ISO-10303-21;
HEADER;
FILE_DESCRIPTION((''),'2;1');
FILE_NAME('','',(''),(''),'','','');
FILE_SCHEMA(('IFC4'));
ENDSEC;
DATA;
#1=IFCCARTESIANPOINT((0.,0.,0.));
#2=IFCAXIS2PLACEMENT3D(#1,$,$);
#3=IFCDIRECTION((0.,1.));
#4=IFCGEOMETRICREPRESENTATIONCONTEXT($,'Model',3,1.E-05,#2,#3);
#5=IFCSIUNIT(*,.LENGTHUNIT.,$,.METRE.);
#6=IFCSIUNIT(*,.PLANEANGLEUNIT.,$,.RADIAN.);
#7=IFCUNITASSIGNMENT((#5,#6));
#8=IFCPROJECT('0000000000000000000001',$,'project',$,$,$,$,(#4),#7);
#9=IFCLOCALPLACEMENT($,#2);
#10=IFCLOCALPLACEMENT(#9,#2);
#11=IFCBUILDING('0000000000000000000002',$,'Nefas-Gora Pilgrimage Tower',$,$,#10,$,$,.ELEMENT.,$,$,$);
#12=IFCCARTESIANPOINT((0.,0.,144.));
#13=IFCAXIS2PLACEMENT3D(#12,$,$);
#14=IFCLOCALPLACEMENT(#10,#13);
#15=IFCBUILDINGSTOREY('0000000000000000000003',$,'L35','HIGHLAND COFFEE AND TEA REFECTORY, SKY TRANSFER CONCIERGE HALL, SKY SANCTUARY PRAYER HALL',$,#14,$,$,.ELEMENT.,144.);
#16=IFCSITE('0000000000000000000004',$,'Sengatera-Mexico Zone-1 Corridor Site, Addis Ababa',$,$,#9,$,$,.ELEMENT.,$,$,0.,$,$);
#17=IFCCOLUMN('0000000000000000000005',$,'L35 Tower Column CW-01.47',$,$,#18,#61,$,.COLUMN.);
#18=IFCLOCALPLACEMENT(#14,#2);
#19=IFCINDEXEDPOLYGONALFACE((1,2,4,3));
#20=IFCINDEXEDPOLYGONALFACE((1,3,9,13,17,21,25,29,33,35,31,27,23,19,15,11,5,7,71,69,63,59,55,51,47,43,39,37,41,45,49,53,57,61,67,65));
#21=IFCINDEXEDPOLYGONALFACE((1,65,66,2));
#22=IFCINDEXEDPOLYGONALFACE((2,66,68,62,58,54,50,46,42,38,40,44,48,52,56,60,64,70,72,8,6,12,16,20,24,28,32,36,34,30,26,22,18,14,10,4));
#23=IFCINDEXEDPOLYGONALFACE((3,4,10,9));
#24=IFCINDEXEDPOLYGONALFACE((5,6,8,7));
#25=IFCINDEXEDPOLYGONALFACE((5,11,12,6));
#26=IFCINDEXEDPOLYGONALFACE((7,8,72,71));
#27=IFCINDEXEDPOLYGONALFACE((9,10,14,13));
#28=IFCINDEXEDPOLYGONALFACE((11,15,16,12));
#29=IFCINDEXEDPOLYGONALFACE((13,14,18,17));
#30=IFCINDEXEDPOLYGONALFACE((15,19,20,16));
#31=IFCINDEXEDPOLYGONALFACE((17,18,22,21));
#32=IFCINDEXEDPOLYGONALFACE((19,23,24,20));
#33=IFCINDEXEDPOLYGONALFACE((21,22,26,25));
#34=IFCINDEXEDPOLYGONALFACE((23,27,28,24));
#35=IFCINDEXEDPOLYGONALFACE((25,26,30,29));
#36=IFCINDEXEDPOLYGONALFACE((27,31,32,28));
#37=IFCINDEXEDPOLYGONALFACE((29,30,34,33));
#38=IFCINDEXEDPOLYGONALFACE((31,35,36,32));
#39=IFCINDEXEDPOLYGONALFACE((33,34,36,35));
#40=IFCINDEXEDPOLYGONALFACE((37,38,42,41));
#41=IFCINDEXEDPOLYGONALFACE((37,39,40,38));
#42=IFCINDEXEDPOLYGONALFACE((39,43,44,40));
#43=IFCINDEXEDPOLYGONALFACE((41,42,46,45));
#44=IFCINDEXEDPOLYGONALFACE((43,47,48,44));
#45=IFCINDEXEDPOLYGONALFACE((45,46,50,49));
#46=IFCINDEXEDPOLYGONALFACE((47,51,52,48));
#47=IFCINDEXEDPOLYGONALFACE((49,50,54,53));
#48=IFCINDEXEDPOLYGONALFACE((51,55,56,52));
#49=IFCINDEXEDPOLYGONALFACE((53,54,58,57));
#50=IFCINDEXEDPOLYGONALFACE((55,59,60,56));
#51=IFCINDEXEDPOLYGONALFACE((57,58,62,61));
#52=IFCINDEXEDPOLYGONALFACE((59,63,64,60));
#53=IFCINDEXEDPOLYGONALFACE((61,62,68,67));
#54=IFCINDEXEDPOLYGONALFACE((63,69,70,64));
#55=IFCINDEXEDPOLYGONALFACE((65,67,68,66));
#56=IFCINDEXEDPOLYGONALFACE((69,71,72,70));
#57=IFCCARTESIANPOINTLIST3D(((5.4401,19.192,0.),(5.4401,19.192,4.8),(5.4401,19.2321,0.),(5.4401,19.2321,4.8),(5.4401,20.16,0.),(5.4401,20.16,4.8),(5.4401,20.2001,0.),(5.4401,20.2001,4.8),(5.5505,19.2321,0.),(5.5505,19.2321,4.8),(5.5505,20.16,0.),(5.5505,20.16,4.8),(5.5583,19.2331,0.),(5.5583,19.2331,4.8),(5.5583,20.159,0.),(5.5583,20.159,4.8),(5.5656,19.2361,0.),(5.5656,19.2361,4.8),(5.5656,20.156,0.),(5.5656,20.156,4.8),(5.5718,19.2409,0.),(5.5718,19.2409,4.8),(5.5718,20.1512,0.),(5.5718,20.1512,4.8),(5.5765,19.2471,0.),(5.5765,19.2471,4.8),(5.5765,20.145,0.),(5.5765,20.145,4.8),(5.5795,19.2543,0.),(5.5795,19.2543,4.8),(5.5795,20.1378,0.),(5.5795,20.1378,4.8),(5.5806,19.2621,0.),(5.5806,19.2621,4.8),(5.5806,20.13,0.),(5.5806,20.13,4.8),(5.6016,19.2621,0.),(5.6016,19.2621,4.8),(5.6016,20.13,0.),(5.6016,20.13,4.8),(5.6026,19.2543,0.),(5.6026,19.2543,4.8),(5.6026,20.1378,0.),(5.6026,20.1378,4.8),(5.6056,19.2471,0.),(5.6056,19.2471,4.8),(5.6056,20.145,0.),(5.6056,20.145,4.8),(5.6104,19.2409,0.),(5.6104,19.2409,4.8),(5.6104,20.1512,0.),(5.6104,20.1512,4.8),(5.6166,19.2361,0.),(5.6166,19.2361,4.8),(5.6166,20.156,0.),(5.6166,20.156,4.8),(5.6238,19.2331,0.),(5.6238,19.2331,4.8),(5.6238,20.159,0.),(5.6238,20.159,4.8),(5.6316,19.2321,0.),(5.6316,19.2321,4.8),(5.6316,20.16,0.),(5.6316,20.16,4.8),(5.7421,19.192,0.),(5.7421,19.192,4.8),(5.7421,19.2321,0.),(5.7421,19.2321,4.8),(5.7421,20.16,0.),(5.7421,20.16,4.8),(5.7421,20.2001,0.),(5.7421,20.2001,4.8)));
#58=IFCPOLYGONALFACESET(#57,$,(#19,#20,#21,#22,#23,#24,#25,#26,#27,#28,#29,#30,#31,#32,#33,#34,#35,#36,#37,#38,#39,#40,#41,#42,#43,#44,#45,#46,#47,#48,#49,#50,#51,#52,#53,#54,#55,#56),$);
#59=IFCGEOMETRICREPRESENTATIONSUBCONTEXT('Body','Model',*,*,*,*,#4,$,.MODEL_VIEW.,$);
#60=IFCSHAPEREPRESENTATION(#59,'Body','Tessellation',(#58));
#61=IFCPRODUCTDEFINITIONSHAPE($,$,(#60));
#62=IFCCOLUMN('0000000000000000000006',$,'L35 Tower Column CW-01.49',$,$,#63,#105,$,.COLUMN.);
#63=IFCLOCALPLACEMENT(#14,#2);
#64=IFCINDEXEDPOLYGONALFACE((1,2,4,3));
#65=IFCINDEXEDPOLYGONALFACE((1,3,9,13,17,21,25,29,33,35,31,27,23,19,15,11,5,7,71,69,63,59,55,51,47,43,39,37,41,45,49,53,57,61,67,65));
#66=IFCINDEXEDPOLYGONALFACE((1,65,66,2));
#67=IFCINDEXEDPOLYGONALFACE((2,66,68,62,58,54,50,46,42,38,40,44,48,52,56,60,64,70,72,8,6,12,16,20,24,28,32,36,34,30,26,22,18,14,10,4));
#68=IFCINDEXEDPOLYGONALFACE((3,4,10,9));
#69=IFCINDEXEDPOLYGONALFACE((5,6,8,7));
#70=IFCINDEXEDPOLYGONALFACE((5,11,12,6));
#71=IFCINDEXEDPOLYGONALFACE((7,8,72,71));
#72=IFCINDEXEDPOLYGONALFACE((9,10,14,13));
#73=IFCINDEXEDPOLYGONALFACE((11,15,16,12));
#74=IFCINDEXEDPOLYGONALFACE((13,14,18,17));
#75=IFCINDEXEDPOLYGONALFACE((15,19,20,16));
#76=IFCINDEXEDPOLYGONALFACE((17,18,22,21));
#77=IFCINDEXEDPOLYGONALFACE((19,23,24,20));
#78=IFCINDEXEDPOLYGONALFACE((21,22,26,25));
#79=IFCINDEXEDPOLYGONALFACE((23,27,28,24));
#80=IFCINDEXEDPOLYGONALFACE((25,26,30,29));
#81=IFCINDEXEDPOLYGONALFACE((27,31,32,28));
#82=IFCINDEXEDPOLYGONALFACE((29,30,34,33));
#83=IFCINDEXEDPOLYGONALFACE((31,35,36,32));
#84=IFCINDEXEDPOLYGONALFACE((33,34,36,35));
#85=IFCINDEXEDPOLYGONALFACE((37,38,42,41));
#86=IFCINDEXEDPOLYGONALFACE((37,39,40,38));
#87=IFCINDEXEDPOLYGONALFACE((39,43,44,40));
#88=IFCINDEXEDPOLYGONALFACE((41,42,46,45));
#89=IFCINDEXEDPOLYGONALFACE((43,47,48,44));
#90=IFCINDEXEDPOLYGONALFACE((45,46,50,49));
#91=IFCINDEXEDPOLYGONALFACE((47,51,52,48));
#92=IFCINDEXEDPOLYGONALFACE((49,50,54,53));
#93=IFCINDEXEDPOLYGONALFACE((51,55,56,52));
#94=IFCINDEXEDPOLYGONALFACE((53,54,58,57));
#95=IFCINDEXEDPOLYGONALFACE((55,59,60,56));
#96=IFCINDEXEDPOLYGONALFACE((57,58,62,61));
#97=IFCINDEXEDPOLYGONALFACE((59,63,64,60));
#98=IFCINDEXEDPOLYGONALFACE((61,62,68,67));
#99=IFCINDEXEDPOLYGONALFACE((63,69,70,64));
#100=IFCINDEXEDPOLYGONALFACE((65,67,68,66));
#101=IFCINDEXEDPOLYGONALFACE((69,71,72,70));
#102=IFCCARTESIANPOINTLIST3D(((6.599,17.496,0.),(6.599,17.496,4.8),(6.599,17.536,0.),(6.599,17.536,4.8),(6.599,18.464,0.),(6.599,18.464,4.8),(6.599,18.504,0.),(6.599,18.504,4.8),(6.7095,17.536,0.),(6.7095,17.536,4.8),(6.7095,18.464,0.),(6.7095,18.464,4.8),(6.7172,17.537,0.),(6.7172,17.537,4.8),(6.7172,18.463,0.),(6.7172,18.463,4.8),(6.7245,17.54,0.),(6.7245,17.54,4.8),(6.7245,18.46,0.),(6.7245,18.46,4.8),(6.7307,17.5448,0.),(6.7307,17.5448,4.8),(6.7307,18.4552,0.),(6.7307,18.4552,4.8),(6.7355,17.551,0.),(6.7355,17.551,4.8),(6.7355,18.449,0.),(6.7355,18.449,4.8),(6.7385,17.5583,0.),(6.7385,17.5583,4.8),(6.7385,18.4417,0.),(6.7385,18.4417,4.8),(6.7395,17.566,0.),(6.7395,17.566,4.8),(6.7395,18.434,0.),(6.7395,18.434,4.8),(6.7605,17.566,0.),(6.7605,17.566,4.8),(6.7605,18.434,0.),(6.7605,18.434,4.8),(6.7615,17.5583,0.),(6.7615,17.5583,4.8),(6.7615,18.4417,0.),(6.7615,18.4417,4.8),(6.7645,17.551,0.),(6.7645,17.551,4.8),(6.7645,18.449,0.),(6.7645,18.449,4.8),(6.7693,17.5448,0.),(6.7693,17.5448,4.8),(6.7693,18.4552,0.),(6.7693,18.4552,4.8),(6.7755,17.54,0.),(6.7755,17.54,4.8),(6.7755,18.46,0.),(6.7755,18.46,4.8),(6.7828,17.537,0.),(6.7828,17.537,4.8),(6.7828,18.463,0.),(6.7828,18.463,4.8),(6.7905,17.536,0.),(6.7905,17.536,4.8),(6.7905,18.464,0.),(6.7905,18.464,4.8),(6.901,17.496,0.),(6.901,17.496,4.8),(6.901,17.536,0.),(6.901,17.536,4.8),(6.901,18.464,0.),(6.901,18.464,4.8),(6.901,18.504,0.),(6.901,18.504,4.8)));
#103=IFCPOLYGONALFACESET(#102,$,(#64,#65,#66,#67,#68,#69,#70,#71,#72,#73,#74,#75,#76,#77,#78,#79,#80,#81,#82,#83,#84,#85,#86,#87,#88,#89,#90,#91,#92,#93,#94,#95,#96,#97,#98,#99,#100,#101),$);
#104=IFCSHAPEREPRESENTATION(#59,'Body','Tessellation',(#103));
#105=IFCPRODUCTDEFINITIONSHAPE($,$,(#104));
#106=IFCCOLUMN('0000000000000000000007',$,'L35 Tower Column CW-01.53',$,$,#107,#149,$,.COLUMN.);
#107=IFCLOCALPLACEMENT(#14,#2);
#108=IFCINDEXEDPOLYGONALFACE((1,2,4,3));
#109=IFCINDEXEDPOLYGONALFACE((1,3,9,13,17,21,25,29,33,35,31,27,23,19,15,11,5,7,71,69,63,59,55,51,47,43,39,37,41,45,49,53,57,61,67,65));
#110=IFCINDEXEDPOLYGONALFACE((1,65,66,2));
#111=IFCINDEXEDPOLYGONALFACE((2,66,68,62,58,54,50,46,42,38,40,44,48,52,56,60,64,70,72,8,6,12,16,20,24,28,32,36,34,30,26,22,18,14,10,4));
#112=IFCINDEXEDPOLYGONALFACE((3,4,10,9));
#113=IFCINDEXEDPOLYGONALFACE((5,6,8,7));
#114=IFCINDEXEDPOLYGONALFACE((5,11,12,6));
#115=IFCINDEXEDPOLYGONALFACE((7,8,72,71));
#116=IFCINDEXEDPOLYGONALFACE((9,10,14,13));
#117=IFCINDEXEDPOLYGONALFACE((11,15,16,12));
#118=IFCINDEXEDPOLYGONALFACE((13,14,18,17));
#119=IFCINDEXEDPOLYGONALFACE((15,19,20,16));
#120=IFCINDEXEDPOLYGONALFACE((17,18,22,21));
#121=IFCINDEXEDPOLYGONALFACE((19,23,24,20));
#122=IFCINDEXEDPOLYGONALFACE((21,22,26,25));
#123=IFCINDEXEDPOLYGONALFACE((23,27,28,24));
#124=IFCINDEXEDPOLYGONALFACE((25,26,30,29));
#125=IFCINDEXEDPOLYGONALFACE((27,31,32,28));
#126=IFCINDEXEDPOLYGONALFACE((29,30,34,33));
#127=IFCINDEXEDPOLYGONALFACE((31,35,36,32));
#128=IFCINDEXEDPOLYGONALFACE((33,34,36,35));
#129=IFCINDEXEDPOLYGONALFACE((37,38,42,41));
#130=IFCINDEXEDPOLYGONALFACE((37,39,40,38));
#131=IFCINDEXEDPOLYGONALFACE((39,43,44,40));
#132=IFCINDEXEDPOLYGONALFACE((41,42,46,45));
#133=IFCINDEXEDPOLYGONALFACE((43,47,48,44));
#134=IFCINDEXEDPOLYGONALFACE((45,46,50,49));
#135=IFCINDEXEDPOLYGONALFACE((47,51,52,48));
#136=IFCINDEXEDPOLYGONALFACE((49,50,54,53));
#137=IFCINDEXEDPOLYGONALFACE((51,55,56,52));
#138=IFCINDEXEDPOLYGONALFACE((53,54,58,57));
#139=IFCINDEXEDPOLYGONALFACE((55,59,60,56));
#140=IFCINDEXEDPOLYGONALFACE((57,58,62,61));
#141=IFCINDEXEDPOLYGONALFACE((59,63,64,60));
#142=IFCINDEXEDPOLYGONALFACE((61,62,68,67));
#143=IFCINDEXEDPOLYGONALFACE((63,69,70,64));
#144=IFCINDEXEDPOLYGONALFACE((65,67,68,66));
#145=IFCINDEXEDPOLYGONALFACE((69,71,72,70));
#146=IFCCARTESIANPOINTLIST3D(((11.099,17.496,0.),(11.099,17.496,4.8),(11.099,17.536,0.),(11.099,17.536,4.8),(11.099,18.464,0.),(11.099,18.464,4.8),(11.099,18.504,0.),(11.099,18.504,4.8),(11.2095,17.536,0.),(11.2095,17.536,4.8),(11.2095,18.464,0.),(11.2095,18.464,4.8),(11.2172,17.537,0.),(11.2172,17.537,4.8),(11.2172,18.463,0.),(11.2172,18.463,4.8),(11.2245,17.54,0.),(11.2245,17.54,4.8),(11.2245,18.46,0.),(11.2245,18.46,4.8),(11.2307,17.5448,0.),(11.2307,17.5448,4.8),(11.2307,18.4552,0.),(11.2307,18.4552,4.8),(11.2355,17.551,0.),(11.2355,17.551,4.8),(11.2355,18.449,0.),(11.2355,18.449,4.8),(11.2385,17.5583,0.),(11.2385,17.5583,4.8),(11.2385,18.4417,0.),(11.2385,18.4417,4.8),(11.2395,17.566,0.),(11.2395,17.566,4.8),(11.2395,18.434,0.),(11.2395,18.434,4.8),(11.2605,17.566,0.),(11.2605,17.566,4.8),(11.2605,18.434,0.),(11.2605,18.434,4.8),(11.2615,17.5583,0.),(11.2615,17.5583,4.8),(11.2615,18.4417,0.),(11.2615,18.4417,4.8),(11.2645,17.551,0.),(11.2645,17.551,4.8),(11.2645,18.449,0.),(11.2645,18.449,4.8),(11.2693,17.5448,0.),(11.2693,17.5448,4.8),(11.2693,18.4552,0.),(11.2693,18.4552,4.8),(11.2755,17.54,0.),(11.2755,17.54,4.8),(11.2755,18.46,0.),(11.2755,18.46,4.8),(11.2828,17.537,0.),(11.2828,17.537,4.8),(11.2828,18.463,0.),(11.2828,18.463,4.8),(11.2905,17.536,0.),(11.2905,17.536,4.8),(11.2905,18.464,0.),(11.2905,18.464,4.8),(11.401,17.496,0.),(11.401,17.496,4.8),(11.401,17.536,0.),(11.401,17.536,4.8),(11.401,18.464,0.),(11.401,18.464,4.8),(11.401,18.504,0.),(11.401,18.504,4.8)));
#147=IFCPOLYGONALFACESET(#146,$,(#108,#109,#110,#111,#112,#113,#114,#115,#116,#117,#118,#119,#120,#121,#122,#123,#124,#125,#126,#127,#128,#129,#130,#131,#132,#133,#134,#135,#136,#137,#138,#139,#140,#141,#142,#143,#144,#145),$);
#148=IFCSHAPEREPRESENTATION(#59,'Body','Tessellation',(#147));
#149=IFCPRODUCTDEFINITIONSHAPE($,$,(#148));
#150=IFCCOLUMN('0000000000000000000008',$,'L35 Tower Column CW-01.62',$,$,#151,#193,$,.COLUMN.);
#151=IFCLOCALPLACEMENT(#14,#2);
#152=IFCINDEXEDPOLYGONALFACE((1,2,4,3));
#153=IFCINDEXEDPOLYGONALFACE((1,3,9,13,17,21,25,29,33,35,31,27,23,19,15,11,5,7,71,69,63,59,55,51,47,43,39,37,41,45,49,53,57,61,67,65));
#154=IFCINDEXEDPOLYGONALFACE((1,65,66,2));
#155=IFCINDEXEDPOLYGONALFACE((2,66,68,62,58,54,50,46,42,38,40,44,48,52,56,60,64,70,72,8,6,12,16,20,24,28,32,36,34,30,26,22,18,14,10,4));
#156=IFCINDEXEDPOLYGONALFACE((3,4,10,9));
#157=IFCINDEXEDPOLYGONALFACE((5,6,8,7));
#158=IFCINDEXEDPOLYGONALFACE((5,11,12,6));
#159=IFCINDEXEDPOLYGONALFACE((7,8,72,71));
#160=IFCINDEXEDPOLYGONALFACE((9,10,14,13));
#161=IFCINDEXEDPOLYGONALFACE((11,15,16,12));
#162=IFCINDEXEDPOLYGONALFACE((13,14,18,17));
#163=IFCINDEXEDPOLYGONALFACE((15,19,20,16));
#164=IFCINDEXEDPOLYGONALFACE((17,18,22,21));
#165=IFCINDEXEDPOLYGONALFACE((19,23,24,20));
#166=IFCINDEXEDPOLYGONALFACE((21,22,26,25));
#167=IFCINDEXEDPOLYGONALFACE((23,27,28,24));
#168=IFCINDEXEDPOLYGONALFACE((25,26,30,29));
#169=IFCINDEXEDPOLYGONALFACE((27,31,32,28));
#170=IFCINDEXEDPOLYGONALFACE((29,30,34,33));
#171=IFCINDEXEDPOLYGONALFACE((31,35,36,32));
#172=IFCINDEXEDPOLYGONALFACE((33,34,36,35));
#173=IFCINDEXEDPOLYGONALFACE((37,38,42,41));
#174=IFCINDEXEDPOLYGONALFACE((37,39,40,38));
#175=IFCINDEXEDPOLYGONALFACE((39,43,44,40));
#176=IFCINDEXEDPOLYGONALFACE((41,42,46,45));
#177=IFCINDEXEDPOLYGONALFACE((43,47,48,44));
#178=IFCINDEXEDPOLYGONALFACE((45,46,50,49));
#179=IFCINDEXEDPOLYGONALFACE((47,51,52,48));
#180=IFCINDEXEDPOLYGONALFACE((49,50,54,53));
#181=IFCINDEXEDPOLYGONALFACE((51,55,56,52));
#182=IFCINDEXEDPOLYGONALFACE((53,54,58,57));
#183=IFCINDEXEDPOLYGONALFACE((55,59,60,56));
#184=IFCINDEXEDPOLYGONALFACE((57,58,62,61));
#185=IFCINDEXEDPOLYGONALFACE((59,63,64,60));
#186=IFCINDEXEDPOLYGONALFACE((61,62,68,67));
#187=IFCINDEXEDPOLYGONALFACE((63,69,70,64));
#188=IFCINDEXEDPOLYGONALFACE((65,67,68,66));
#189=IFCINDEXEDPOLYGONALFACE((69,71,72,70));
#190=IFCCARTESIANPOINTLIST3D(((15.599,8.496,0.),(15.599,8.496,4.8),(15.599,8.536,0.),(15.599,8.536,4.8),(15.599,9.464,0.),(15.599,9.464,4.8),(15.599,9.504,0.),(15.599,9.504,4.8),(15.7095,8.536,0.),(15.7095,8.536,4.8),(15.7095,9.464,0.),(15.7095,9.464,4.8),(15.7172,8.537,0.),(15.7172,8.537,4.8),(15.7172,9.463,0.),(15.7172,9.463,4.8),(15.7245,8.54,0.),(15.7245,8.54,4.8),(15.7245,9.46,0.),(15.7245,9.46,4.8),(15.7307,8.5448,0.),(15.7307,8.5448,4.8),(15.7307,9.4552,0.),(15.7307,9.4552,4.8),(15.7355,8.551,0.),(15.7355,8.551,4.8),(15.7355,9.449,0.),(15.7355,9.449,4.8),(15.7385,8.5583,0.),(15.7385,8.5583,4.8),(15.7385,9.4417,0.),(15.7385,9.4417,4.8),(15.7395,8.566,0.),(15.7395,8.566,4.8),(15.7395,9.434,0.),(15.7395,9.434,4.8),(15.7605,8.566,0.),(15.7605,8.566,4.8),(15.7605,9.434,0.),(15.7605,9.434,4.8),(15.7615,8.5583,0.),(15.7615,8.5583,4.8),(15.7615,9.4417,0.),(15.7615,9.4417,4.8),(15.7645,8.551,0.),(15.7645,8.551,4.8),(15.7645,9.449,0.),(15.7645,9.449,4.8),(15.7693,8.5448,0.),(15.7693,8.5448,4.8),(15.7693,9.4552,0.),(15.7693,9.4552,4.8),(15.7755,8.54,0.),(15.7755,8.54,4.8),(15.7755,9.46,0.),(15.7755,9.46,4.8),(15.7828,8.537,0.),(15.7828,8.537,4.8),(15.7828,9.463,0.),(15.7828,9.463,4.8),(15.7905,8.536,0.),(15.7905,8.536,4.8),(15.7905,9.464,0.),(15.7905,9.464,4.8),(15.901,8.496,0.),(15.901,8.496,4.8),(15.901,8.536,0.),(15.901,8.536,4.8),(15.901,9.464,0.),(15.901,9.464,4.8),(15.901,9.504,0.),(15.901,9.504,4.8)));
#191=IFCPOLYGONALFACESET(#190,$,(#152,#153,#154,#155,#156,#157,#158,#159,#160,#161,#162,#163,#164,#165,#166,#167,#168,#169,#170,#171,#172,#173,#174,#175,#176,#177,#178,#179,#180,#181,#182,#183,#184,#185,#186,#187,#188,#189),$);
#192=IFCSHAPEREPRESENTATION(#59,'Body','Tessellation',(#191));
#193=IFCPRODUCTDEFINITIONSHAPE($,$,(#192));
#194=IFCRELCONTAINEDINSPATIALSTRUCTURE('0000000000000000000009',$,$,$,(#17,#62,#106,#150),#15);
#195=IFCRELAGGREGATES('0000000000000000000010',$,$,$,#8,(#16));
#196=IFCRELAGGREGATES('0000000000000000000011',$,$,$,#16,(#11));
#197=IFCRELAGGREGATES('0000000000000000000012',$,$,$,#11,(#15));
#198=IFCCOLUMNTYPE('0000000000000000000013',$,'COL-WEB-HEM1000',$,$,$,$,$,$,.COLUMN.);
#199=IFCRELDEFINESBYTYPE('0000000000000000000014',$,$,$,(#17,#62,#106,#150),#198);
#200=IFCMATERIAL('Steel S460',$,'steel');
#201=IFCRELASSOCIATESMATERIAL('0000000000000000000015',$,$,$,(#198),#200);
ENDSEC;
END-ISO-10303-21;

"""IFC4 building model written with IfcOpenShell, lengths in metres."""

from ifc_helpers import new_model, si_unit, direction, frame, origin, origin_2d, place, context, subcontext, project, spatial, i_section, extrude, source, transform, mapped, material, material_profile, profile_set, type_object, element, save


model = new_model("IFC4")

# Units and contexts
model_context = context("Model", 3, precision=1e-05, world=origin(), true_north=direction((0.0, 1.0)))
body_context = subcontext(model_context, "Body", "Model", "MODEL_VIEW")
ifc_project = project(units=[si_unit("LENGTHUNIT", "METRE"), si_unit("PLANEANGLEUNIT", "RADIAN")], contexts=[model_context])

# Site, building, storey
site_placement = place(None, origin())
site = spatial("IfcSite", under=ifc_project, at=site_placement, Name="Sengatera-Mexico Zone-1 Corridor Site, Addis Ababa", CompositionType="ELEMENT", RefElevation=0.0)
building_placement = place(site_placement, origin())
building = spatial("IfcBuilding", under=site, at=building_placement, Name="Nefas-Gora Pilgrimage Tower", CompositionType="ELEMENT")
storey_placement = place(building_placement, frame((0.0, 0.0, 144.0)))
storey = spatial("IfcBuildingStorey", under=building, at=storey_placement, Name="L35", Description="HIGHLAND COFFEE AND TEA REFECTORY, SKY TRANSFER CONCIERGE HALL, SKY SANCTUARY PRAYER HALL", CompositionType="ELEMENT", Elevation=144.0)

# Columns
ifc_material_1 = material(Name="Steel S460", Category="steel")
ifc_material_profile_1 = material_profile(ifc_material_1, i_section(OverallWidth=0.302, OverallDepth=1.0081, WebThickness=0.021, FlangeThickness=0.04, FilletRadius=0.03, at=origin_2d()), Name="HEM 1000")
ifc_profile_set_1 = profile_set([ifc_material_profile_1], Name="Steel S460")
column_type_1 = type_object("IfcColumnType", Name="COL-WEB-HEM1000", PredefinedType="COLUMN", material=ifc_profile_set_1)
shared_shape_1 = source(origin(), body_context, "Body", "SweptSolid", [
    extrude(i_section(OverallWidth=0.302, OverallDepth=1.0081, WebThickness=0.021, FlangeThickness=0.04, FilletRadius=0.03, at=origin_2d()), origin(), (0.0, 0.0, 1.0), 4.8),
])
for number, where, z_axis, x_axis, name in (
    (1, (5.5911, 19.696, 0.0), (0.0, 0.0, 1.0), (1.0, 0.0, 0.0), "L35 Tower Column CW-01.47"),
    (2, (6.75, 18.0, 0.0), (0.0, 0.0, 1.0), (1.0, 0.0, 0.0), "L35 Tower Column CW-01.49"),
    (3, (11.25, 18.0, 0.0), (0.0, 0.0, 1.0), (1.0, 0.0, 0.0), "L35 Tower Column CW-01.53"),
    (4, (15.75, 9.0, 0.0), (0.0, 0.0, 1.0), (1.0, 0.0, 0.0), "L35 Tower Column CW-01.62"),
):
    element("IfcColumn", number, at=place(storey_placement, frame(where, z_axis=z_axis, x_axis=x_axis)), inside=storey, type_object=column_type_1, Name=name, PredefinedType="COLUMN", context=body_context, shape_type="MappedRepresentation", body=[
        mapped(shared_shape_1, transform((0.0, 0.0, 0.0), x_axis=(1.0, 0.0, 0.0), y_axis=(0.0, 1.0, 0.0), z_axis=(0.0, 0.0, 1.0), scale=1.0)),
    ])

save(model, "model.ifc")
